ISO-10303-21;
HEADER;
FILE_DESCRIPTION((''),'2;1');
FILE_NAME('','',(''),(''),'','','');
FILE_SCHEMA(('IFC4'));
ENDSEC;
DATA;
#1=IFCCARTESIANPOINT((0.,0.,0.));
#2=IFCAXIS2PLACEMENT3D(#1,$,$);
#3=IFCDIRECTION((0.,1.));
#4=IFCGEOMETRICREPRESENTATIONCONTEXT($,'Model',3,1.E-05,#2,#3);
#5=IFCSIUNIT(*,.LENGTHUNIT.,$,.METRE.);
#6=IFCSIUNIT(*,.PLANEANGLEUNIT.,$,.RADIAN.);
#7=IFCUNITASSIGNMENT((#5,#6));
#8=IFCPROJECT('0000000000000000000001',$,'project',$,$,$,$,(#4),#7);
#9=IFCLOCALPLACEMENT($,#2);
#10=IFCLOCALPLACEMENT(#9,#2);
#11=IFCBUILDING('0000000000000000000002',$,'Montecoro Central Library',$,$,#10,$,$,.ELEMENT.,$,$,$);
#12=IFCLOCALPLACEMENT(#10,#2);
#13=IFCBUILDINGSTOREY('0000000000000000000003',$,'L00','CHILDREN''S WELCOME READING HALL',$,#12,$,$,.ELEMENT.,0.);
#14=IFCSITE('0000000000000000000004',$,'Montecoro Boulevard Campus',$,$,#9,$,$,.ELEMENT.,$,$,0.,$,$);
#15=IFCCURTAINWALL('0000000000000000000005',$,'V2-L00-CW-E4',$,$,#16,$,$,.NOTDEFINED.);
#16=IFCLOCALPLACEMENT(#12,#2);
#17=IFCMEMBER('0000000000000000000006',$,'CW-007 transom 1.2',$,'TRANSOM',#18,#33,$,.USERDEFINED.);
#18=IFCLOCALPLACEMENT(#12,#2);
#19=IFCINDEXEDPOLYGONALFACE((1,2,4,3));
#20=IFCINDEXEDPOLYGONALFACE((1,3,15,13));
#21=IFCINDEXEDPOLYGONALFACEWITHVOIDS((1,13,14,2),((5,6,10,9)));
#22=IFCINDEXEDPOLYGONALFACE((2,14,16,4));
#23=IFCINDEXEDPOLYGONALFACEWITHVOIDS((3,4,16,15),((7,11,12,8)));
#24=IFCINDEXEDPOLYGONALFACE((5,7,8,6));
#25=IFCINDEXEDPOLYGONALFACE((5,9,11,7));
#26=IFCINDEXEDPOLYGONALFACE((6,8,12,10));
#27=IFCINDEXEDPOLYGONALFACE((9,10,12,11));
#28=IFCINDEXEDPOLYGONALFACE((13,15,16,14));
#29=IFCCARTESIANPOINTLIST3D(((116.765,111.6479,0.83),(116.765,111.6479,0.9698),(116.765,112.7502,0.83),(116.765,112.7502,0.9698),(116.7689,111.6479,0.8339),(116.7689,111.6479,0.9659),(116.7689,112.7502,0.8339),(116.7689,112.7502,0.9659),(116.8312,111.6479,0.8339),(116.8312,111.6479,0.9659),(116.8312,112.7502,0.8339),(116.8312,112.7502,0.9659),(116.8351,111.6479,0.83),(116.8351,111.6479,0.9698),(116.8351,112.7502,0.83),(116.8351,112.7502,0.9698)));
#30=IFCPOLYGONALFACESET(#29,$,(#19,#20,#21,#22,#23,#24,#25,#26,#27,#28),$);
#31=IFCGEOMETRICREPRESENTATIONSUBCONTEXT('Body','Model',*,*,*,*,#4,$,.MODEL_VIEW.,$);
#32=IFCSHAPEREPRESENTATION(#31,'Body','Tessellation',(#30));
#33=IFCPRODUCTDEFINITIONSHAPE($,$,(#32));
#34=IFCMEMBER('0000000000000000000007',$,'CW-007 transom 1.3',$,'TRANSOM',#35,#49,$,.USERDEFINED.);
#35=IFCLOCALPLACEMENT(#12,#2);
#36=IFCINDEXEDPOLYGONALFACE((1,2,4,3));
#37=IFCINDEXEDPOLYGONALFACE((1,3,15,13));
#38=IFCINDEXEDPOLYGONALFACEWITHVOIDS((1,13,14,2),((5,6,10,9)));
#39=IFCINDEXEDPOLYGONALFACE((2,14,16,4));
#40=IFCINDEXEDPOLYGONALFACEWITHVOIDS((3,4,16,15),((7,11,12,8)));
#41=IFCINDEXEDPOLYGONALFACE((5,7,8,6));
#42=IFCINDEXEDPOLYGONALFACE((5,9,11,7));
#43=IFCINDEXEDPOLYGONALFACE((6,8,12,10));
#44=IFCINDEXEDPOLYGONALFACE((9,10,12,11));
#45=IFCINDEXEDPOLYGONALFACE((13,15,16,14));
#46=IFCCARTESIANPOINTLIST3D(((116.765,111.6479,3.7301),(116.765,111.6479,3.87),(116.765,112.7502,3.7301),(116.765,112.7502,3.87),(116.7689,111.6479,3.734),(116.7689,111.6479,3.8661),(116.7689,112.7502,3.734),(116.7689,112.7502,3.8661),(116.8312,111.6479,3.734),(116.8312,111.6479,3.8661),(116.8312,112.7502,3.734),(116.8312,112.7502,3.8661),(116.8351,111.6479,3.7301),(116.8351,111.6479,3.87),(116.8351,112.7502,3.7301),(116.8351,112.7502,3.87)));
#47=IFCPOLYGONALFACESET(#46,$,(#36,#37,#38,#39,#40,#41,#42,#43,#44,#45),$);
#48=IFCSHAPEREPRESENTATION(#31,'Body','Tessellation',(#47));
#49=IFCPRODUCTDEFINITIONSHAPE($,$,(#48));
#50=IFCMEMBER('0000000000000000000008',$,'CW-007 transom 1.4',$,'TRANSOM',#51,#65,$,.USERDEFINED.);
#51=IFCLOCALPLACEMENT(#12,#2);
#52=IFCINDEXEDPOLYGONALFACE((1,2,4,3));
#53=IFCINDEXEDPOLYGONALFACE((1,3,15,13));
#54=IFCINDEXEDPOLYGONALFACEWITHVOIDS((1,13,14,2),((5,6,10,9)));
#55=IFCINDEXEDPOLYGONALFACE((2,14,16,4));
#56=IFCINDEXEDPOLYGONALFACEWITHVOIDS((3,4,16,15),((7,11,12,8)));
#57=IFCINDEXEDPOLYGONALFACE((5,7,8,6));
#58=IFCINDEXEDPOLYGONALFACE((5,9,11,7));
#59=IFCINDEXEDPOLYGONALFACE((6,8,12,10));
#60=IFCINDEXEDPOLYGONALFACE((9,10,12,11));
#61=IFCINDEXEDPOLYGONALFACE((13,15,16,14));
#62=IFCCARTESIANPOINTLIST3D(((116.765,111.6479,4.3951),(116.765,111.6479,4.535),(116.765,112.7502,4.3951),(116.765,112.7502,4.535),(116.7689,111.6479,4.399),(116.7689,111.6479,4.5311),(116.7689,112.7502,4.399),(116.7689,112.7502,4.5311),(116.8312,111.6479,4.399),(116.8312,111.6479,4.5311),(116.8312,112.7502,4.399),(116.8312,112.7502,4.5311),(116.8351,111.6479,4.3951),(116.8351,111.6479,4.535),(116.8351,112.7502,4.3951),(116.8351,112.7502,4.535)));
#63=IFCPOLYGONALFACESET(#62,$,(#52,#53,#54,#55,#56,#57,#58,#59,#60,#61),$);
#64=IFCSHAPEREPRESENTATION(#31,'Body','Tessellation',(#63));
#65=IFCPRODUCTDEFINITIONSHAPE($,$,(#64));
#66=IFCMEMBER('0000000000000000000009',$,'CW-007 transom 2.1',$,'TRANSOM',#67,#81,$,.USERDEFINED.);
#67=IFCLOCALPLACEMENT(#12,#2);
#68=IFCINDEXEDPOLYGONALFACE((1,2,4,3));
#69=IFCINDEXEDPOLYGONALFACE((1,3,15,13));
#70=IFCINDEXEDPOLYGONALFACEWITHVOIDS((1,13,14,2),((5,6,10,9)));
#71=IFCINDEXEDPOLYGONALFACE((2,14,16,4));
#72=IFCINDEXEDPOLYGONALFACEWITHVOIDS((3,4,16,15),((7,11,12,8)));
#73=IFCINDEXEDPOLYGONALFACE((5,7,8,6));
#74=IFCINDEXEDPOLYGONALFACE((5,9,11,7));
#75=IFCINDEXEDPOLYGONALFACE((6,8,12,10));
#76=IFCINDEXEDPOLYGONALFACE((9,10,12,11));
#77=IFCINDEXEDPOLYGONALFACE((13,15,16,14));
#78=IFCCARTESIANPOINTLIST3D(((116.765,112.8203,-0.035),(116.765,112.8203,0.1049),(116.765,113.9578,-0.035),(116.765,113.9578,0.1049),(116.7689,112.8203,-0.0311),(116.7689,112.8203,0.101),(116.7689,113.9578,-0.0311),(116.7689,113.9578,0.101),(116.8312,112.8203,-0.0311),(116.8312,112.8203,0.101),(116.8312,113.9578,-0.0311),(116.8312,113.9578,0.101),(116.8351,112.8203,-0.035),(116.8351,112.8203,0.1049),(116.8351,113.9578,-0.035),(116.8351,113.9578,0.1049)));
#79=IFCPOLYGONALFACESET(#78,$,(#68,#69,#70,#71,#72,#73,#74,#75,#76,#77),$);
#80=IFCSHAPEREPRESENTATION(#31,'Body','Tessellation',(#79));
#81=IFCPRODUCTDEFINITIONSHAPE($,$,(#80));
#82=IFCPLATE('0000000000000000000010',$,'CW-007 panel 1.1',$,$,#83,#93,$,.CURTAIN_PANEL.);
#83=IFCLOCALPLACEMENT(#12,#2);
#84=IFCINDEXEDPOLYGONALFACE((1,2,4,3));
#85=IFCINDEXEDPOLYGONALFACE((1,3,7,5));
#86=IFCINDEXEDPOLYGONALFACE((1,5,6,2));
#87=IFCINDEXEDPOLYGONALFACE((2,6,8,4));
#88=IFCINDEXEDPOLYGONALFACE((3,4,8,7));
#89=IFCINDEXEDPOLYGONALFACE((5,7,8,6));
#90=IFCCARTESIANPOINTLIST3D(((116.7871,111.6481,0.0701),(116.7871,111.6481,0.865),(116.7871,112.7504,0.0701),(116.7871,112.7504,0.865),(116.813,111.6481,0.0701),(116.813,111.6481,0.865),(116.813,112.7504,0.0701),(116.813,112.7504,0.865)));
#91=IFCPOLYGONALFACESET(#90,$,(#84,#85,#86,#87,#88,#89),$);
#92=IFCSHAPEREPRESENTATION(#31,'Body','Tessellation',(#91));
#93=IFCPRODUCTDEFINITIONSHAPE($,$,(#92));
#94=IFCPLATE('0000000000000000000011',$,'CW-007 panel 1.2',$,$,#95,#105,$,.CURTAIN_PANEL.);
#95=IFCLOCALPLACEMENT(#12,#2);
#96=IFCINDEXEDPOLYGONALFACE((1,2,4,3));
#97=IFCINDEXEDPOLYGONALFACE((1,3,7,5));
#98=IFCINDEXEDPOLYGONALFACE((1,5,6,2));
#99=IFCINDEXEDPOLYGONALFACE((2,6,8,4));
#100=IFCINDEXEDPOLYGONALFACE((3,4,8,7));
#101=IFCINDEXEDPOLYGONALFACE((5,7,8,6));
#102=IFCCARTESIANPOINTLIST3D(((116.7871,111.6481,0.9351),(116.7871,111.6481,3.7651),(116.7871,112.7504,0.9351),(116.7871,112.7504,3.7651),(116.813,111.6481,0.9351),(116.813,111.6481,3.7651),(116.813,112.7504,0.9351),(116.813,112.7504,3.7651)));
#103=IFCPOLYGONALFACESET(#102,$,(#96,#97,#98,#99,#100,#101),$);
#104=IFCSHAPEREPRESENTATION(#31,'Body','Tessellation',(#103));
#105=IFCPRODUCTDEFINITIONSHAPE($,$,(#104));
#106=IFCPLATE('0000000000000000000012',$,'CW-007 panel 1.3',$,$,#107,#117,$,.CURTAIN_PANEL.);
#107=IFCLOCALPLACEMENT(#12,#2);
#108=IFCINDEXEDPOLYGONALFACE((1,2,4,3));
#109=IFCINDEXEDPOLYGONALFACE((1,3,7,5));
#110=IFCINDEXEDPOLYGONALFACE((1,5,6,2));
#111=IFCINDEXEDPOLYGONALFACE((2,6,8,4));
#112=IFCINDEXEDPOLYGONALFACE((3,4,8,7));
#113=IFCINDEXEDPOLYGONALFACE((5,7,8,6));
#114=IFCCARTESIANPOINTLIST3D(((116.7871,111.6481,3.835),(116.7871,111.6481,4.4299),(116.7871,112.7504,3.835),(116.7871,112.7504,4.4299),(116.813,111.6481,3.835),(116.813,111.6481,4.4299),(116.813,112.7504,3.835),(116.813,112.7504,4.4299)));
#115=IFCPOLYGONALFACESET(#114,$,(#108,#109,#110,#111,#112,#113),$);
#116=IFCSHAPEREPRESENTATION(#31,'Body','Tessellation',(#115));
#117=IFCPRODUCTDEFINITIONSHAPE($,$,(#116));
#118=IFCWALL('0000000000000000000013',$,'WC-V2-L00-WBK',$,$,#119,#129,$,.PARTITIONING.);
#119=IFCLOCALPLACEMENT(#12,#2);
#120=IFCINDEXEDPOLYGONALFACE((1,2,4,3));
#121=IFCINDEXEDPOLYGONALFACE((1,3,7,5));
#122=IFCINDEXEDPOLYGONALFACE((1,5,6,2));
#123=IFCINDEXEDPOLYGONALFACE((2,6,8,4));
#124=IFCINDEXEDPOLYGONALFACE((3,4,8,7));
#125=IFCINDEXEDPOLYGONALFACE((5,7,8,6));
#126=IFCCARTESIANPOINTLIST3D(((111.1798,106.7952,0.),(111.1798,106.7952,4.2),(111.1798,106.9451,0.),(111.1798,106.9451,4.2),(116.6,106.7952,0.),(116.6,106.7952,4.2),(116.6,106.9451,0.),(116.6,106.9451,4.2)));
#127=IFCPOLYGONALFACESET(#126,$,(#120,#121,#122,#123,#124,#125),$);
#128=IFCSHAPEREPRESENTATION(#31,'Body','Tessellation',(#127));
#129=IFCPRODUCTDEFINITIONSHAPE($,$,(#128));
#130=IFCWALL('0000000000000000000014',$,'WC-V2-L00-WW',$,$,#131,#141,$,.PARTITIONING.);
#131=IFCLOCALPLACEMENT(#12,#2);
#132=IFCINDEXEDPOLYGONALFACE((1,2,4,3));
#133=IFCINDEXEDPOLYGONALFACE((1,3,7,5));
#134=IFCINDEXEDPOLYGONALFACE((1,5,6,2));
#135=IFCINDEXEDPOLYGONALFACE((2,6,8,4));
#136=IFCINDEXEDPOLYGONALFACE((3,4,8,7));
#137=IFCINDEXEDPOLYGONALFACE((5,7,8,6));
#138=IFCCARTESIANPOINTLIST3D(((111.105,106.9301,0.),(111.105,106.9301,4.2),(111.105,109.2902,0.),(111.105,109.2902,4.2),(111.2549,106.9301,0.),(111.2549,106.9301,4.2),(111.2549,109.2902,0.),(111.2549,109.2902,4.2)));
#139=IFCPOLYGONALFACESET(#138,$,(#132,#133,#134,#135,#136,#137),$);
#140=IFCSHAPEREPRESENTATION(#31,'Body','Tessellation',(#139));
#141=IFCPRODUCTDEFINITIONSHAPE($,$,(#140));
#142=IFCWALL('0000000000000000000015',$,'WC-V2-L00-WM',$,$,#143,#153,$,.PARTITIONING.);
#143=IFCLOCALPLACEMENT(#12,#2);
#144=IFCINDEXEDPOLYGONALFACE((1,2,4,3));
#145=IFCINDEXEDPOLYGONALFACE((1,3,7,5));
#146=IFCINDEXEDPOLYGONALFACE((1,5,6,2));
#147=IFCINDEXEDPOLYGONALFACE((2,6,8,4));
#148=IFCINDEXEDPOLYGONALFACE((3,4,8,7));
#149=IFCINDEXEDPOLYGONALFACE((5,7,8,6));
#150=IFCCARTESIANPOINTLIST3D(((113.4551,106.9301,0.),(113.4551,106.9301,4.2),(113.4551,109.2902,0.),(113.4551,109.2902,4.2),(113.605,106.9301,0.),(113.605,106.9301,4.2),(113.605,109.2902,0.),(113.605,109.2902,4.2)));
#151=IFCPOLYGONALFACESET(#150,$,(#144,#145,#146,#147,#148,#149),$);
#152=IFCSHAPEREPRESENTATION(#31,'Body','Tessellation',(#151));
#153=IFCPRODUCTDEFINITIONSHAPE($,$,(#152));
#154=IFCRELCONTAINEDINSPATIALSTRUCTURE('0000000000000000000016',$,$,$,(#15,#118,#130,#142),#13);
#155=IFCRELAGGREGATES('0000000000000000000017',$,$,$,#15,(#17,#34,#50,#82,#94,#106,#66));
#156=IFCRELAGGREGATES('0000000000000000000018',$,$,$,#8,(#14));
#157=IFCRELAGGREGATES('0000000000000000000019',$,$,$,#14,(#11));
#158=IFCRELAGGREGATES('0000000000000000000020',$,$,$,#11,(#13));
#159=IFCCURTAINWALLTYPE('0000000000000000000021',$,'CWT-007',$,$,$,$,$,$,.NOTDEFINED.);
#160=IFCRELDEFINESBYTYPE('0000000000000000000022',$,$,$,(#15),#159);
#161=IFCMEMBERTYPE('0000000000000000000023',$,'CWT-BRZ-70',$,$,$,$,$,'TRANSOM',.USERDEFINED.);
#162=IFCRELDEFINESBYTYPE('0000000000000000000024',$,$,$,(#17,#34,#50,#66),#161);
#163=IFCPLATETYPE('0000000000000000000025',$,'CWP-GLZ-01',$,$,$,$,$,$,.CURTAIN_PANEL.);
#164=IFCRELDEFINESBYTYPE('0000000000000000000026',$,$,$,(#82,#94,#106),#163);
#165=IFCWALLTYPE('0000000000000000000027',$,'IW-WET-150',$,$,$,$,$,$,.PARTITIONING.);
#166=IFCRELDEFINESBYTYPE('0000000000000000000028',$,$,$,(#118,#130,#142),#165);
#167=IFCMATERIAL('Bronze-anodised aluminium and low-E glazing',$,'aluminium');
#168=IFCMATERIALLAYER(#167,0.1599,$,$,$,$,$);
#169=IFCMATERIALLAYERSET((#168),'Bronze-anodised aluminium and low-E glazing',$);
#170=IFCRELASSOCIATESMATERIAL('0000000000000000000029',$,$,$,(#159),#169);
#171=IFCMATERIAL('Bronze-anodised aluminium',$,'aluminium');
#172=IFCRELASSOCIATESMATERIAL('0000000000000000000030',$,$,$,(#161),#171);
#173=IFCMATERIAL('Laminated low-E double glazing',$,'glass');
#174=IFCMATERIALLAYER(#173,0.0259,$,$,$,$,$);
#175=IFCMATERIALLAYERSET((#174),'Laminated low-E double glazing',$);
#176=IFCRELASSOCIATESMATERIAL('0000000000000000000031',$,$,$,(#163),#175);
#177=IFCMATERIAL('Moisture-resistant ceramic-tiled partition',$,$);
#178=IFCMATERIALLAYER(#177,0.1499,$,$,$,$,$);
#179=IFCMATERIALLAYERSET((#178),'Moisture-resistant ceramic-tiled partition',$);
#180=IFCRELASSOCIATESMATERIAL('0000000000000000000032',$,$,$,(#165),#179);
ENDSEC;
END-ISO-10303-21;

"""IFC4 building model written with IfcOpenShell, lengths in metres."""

from ifc_helpers import new_model, si_unit, direction, frame, frame_2d, origin, origin_2d, place, context, subcontext, project, spatial, rectangle, hollow_rectangle, extrude, material, layer, layer_set, material_profile, profile_set, type_object, element, aggregate, save


model = new_model("IFC4")

# Units and contexts
model_context = context("Model", 3, precision=1e-05, world=origin(), true_north=direction((0.0, 1.0)))
body_context = subcontext(model_context, "Body", "Model", "MODEL_VIEW")
ifc_project = project(units=[si_unit("LENGTHUNIT", "METRE"), si_unit("PLANEANGLEUNIT", "RADIAN")], contexts=[model_context])

# Site, building, storey
site_placement = place(None, origin())
site = spatial("IfcSite", under=ifc_project, at=site_placement, Name="Montecoro Boulevard Campus", CompositionType="ELEMENT", RefElevation=0.0)
building_placement = place(site_placement, origin())
building = spatial("IfcBuilding", under=site, at=building_placement, Name="Montecoro Central Library", CompositionType="ELEMENT")
storey_placement = place(building_placement, origin())
storey = spatial("IfcBuildingStorey", under=building, at=storey_placement, Name="L00", Description="CHILDREN'S WELCOME READING HALL", CompositionType="ELEMENT", Elevation=0.0)

# Curtain wall, members, plates
ifc_material_1 = material(Name="Bronze-anodised aluminium and low-E glazing", Category="aluminium")
ifc_layer_1 = layer(ifc_material_1, 0.1599)
ifc_layer_set_1 = layer_set([ifc_layer_1], Name="Bronze-anodised aluminium and low-E glazing")
curtain_wall_type = type_object("IfcCurtainWallType", Name="CWT-007", PredefinedType="NOTDEFINED", material=ifc_layer_set_1)
curtain_wall_placement = place(storey_placement, origin())
curtain_wall = element("IfcCurtainWall", 1, at=curtain_wall_placement, inside=storey, type_object=curtain_wall_type, Name="V2-L00-CW-E4", PredefinedType="NOTDEFINED")
ifc_material_2 = material(Name="Bronze-anodised aluminium", Category="aluminium")
ifc_material_profile_1 = material_profile(ifc_material_2, hollow_rectangle(XDim=0.0701, YDim=0.1399, WallThickness=0.0039, at=origin_2d()), Name="CWT 140x70x4.0")
ifc_profile_set_1 = profile_set([ifc_material_profile_1], Name="Bronze-anodised aluminium")
member_type_1 = type_object("IfcMemberType", Name="CWT-BRZ-70", ElementType="TRANSOM", PredefinedType="USERDEFINED", material=ifc_profile_set_1)
member_1_placement = place(storey_placement, frame((116.8, 111.6479, 0.8999), z_axis=(0.0, 1.0, 0.0), x_axis=(-1.0, 0.0, 0.0)))
member_1 = element("IfcMember", 2, at=member_1_placement, type_object=member_type_1, Name="CW-007 transom 1.2", ObjectType="TRANSOM", PredefinedType="USERDEFINED", context=body_context, shape_type="SweptSolid", body=[
    extrude(hollow_rectangle(XDim=0.0701, YDim=0.1399, WallThickness=0.0039, at=origin_2d()), origin(), (0.0, 0.0, 1.0), 1.1023),
])
member_2_placement = place(storey_placement, frame((116.8, 111.6479, 3.8), z_axis=(0.0, 1.0, 0.0), x_axis=(-1.0, 0.0, 0.0)))
member_2 = element("IfcMember", 3, at=member_2_placement, type_object=member_type_1, Name="CW-007 transom 1.3", ObjectType="TRANSOM", PredefinedType="USERDEFINED", context=body_context, shape_type="SweptSolid", body=[
    extrude(hollow_rectangle(XDim=0.0701, YDim=0.1399, WallThickness=0.0039, at=origin_2d()), origin(), (0.0, 0.0, 1.0), 1.1023),
])
member_3_placement = place(storey_placement, frame((116.8, 111.6479, 4.4651), z_axis=(0.0, 1.0, 0.0), x_axis=(-1.0, 0.0, 0.0)))
member_3 = element("IfcMember", 4, at=member_3_placement, type_object=member_type_1, Name="CW-007 transom 1.4", ObjectType="TRANSOM", PredefinedType="USERDEFINED", context=body_context, shape_type="SweptSolid", body=[
    extrude(hollow_rectangle(XDim=0.0701, YDim=0.1399, WallThickness=0.0039, at=origin_2d()), origin(), (0.0, 0.0, 1.0), 1.1023),
])
member_4_placement = place(storey_placement, frame((116.8, 112.8203, 0.0349), z_axis=(0.0, 1.0, 0.0), x_axis=(-1.0, 0.0, 0.0)))
member_4 = element("IfcMember", 5, at=member_4_placement, type_object=member_type_1, Name="CW-007 transom 2.1", ObjectType="TRANSOM", PredefinedType="USERDEFINED", context=body_context, shape_type="SweptSolid", body=[
    extrude(hollow_rectangle(XDim=0.0701, YDim=0.1399, WallThickness=0.0039, at=origin_2d()), origin(), (0.0, 0.0, 1.0), 1.1375),
])
ifc_material_3 = material(Name="Laminated low-E double glazing", Category="glass")
ifc_layer_2 = layer(ifc_material_3, 0.0259)
ifc_layer_set_2 = layer_set([ifc_layer_2], Name="Laminated low-E double glazing")
plate_type = type_object("IfcPlateType", Name="CWP-GLZ-01", PredefinedType="CURTAIN_PANEL", material=ifc_layer_set_2)
plate_1_placement = place(storey_placement, frame((116.8, 112.1992, 0.0701), z_axis=(0.0, 0.0, 1.0), x_axis=(0.0, 1.0, 0.0)))
plate_1 = element("IfcPlate", 6, at=plate_1_placement, type_object=plate_type, Name="CW-007 panel 1.1", PredefinedType="CURTAIN_PANEL", context=body_context, shape_type="SweptSolid", body=[
    extrude(rectangle(XDim=1.1023, YDim=0.0259, at=origin_2d()), origin(), (0.0, 0.0, 1.0), 0.7949),
])
plate_2_placement = place(storey_placement, frame((116.8, 112.1992, 0.9351), z_axis=(0.0, 0.0, 1.0), x_axis=(0.0, 1.0, 0.0)))
plate_2 = element("IfcPlate", 7, at=plate_2_placement, type_object=plate_type, Name="CW-007 panel 1.2", PredefinedType="CURTAIN_PANEL", context=body_context, shape_type="SweptSolid", body=[
    extrude(rectangle(XDim=1.1023, YDim=0.0259, at=origin_2d()), origin(), (0.0, 0.0, 1.0), 2.8301),
])
plate_3_placement = place(storey_placement, frame((116.8, 112.1992, 3.835), z_axis=(0.0, 0.0, 1.0), x_axis=(0.0, 1.0, 0.0)))
plate_3 = element("IfcPlate", 8, at=plate_3_placement, type_object=plate_type, Name="CW-007 panel 1.3", PredefinedType="CURTAIN_PANEL", context=body_context, shape_type="SweptSolid", body=[
    extrude(rectangle(XDim=1.1023, YDim=0.0259, at=origin_2d()), origin(), (0.0, 0.0, 1.0), 0.595),
])
aggregate(curtain_wall, [member_1, member_2, member_3, plate_1, plate_2, plate_3, member_4])

# Walls
ifc_material_4 = material(Name="Moisture-resistant ceramic-tiled partition")
ifc_layer_3 = layer(ifc_material_4, 0.1499)
ifc_layer_set_3 = layer_set([ifc_layer_3], Name="Moisture-resistant ceramic-tiled partition")
wall_type_1 = type_object("IfcWallType", Name="IW-WET-150", PredefinedType="PARTITIONING", material=ifc_layer_set_3)
wall_1_placement = place(storey_placement, frame((111.1799, 106.8701, 0.0), z_axis=(0.0, 0.0, 1.0), x_axis=(1.0, 0.0, 0.0)))
element("IfcWall", 9, at=wall_1_placement, inside=storey, type_object=wall_type_1, Name="WC-V2-L00-WBK", PredefinedType="PARTITIONING", context=body_context, shape_type="SweptSolid", body=[
    extrude(rectangle(XDim=5.4202, YDim=0.1499, at=frame_2d((2.71, 0.0))), origin(), (0.0, 0.0, 1.0), 4.2),
])
for number, where, z_axis, x_axis, name in (
    (10, (111.1799, 106.9299, 0.0), (0.0, 0.0, 1.0), (0.0, 1.0, 0.0), "WC-V2-L00-WW"),
    (11, (113.53, 106.9299, 0.0), (0.0, 0.0, 1.0), (0.0, 1.0, 0.0), "WC-V2-L00-WM"),
):
    element("IfcWall", number, at=place(storey_placement, frame(where, z_axis=z_axis, x_axis=x_axis)), inside=storey, type_object=wall_type_1, Name=name, PredefinedType="PARTITIONING", context=body_context, shape_type="SweptSolid", body=[
        extrude(rectangle(XDim=2.3601, YDim=0.1499, at=frame_2d((1.1802, 0.0))), origin(), (0.0, 0.0, 1.0), 4.2),
    ])

save(model, "model.ifc")
